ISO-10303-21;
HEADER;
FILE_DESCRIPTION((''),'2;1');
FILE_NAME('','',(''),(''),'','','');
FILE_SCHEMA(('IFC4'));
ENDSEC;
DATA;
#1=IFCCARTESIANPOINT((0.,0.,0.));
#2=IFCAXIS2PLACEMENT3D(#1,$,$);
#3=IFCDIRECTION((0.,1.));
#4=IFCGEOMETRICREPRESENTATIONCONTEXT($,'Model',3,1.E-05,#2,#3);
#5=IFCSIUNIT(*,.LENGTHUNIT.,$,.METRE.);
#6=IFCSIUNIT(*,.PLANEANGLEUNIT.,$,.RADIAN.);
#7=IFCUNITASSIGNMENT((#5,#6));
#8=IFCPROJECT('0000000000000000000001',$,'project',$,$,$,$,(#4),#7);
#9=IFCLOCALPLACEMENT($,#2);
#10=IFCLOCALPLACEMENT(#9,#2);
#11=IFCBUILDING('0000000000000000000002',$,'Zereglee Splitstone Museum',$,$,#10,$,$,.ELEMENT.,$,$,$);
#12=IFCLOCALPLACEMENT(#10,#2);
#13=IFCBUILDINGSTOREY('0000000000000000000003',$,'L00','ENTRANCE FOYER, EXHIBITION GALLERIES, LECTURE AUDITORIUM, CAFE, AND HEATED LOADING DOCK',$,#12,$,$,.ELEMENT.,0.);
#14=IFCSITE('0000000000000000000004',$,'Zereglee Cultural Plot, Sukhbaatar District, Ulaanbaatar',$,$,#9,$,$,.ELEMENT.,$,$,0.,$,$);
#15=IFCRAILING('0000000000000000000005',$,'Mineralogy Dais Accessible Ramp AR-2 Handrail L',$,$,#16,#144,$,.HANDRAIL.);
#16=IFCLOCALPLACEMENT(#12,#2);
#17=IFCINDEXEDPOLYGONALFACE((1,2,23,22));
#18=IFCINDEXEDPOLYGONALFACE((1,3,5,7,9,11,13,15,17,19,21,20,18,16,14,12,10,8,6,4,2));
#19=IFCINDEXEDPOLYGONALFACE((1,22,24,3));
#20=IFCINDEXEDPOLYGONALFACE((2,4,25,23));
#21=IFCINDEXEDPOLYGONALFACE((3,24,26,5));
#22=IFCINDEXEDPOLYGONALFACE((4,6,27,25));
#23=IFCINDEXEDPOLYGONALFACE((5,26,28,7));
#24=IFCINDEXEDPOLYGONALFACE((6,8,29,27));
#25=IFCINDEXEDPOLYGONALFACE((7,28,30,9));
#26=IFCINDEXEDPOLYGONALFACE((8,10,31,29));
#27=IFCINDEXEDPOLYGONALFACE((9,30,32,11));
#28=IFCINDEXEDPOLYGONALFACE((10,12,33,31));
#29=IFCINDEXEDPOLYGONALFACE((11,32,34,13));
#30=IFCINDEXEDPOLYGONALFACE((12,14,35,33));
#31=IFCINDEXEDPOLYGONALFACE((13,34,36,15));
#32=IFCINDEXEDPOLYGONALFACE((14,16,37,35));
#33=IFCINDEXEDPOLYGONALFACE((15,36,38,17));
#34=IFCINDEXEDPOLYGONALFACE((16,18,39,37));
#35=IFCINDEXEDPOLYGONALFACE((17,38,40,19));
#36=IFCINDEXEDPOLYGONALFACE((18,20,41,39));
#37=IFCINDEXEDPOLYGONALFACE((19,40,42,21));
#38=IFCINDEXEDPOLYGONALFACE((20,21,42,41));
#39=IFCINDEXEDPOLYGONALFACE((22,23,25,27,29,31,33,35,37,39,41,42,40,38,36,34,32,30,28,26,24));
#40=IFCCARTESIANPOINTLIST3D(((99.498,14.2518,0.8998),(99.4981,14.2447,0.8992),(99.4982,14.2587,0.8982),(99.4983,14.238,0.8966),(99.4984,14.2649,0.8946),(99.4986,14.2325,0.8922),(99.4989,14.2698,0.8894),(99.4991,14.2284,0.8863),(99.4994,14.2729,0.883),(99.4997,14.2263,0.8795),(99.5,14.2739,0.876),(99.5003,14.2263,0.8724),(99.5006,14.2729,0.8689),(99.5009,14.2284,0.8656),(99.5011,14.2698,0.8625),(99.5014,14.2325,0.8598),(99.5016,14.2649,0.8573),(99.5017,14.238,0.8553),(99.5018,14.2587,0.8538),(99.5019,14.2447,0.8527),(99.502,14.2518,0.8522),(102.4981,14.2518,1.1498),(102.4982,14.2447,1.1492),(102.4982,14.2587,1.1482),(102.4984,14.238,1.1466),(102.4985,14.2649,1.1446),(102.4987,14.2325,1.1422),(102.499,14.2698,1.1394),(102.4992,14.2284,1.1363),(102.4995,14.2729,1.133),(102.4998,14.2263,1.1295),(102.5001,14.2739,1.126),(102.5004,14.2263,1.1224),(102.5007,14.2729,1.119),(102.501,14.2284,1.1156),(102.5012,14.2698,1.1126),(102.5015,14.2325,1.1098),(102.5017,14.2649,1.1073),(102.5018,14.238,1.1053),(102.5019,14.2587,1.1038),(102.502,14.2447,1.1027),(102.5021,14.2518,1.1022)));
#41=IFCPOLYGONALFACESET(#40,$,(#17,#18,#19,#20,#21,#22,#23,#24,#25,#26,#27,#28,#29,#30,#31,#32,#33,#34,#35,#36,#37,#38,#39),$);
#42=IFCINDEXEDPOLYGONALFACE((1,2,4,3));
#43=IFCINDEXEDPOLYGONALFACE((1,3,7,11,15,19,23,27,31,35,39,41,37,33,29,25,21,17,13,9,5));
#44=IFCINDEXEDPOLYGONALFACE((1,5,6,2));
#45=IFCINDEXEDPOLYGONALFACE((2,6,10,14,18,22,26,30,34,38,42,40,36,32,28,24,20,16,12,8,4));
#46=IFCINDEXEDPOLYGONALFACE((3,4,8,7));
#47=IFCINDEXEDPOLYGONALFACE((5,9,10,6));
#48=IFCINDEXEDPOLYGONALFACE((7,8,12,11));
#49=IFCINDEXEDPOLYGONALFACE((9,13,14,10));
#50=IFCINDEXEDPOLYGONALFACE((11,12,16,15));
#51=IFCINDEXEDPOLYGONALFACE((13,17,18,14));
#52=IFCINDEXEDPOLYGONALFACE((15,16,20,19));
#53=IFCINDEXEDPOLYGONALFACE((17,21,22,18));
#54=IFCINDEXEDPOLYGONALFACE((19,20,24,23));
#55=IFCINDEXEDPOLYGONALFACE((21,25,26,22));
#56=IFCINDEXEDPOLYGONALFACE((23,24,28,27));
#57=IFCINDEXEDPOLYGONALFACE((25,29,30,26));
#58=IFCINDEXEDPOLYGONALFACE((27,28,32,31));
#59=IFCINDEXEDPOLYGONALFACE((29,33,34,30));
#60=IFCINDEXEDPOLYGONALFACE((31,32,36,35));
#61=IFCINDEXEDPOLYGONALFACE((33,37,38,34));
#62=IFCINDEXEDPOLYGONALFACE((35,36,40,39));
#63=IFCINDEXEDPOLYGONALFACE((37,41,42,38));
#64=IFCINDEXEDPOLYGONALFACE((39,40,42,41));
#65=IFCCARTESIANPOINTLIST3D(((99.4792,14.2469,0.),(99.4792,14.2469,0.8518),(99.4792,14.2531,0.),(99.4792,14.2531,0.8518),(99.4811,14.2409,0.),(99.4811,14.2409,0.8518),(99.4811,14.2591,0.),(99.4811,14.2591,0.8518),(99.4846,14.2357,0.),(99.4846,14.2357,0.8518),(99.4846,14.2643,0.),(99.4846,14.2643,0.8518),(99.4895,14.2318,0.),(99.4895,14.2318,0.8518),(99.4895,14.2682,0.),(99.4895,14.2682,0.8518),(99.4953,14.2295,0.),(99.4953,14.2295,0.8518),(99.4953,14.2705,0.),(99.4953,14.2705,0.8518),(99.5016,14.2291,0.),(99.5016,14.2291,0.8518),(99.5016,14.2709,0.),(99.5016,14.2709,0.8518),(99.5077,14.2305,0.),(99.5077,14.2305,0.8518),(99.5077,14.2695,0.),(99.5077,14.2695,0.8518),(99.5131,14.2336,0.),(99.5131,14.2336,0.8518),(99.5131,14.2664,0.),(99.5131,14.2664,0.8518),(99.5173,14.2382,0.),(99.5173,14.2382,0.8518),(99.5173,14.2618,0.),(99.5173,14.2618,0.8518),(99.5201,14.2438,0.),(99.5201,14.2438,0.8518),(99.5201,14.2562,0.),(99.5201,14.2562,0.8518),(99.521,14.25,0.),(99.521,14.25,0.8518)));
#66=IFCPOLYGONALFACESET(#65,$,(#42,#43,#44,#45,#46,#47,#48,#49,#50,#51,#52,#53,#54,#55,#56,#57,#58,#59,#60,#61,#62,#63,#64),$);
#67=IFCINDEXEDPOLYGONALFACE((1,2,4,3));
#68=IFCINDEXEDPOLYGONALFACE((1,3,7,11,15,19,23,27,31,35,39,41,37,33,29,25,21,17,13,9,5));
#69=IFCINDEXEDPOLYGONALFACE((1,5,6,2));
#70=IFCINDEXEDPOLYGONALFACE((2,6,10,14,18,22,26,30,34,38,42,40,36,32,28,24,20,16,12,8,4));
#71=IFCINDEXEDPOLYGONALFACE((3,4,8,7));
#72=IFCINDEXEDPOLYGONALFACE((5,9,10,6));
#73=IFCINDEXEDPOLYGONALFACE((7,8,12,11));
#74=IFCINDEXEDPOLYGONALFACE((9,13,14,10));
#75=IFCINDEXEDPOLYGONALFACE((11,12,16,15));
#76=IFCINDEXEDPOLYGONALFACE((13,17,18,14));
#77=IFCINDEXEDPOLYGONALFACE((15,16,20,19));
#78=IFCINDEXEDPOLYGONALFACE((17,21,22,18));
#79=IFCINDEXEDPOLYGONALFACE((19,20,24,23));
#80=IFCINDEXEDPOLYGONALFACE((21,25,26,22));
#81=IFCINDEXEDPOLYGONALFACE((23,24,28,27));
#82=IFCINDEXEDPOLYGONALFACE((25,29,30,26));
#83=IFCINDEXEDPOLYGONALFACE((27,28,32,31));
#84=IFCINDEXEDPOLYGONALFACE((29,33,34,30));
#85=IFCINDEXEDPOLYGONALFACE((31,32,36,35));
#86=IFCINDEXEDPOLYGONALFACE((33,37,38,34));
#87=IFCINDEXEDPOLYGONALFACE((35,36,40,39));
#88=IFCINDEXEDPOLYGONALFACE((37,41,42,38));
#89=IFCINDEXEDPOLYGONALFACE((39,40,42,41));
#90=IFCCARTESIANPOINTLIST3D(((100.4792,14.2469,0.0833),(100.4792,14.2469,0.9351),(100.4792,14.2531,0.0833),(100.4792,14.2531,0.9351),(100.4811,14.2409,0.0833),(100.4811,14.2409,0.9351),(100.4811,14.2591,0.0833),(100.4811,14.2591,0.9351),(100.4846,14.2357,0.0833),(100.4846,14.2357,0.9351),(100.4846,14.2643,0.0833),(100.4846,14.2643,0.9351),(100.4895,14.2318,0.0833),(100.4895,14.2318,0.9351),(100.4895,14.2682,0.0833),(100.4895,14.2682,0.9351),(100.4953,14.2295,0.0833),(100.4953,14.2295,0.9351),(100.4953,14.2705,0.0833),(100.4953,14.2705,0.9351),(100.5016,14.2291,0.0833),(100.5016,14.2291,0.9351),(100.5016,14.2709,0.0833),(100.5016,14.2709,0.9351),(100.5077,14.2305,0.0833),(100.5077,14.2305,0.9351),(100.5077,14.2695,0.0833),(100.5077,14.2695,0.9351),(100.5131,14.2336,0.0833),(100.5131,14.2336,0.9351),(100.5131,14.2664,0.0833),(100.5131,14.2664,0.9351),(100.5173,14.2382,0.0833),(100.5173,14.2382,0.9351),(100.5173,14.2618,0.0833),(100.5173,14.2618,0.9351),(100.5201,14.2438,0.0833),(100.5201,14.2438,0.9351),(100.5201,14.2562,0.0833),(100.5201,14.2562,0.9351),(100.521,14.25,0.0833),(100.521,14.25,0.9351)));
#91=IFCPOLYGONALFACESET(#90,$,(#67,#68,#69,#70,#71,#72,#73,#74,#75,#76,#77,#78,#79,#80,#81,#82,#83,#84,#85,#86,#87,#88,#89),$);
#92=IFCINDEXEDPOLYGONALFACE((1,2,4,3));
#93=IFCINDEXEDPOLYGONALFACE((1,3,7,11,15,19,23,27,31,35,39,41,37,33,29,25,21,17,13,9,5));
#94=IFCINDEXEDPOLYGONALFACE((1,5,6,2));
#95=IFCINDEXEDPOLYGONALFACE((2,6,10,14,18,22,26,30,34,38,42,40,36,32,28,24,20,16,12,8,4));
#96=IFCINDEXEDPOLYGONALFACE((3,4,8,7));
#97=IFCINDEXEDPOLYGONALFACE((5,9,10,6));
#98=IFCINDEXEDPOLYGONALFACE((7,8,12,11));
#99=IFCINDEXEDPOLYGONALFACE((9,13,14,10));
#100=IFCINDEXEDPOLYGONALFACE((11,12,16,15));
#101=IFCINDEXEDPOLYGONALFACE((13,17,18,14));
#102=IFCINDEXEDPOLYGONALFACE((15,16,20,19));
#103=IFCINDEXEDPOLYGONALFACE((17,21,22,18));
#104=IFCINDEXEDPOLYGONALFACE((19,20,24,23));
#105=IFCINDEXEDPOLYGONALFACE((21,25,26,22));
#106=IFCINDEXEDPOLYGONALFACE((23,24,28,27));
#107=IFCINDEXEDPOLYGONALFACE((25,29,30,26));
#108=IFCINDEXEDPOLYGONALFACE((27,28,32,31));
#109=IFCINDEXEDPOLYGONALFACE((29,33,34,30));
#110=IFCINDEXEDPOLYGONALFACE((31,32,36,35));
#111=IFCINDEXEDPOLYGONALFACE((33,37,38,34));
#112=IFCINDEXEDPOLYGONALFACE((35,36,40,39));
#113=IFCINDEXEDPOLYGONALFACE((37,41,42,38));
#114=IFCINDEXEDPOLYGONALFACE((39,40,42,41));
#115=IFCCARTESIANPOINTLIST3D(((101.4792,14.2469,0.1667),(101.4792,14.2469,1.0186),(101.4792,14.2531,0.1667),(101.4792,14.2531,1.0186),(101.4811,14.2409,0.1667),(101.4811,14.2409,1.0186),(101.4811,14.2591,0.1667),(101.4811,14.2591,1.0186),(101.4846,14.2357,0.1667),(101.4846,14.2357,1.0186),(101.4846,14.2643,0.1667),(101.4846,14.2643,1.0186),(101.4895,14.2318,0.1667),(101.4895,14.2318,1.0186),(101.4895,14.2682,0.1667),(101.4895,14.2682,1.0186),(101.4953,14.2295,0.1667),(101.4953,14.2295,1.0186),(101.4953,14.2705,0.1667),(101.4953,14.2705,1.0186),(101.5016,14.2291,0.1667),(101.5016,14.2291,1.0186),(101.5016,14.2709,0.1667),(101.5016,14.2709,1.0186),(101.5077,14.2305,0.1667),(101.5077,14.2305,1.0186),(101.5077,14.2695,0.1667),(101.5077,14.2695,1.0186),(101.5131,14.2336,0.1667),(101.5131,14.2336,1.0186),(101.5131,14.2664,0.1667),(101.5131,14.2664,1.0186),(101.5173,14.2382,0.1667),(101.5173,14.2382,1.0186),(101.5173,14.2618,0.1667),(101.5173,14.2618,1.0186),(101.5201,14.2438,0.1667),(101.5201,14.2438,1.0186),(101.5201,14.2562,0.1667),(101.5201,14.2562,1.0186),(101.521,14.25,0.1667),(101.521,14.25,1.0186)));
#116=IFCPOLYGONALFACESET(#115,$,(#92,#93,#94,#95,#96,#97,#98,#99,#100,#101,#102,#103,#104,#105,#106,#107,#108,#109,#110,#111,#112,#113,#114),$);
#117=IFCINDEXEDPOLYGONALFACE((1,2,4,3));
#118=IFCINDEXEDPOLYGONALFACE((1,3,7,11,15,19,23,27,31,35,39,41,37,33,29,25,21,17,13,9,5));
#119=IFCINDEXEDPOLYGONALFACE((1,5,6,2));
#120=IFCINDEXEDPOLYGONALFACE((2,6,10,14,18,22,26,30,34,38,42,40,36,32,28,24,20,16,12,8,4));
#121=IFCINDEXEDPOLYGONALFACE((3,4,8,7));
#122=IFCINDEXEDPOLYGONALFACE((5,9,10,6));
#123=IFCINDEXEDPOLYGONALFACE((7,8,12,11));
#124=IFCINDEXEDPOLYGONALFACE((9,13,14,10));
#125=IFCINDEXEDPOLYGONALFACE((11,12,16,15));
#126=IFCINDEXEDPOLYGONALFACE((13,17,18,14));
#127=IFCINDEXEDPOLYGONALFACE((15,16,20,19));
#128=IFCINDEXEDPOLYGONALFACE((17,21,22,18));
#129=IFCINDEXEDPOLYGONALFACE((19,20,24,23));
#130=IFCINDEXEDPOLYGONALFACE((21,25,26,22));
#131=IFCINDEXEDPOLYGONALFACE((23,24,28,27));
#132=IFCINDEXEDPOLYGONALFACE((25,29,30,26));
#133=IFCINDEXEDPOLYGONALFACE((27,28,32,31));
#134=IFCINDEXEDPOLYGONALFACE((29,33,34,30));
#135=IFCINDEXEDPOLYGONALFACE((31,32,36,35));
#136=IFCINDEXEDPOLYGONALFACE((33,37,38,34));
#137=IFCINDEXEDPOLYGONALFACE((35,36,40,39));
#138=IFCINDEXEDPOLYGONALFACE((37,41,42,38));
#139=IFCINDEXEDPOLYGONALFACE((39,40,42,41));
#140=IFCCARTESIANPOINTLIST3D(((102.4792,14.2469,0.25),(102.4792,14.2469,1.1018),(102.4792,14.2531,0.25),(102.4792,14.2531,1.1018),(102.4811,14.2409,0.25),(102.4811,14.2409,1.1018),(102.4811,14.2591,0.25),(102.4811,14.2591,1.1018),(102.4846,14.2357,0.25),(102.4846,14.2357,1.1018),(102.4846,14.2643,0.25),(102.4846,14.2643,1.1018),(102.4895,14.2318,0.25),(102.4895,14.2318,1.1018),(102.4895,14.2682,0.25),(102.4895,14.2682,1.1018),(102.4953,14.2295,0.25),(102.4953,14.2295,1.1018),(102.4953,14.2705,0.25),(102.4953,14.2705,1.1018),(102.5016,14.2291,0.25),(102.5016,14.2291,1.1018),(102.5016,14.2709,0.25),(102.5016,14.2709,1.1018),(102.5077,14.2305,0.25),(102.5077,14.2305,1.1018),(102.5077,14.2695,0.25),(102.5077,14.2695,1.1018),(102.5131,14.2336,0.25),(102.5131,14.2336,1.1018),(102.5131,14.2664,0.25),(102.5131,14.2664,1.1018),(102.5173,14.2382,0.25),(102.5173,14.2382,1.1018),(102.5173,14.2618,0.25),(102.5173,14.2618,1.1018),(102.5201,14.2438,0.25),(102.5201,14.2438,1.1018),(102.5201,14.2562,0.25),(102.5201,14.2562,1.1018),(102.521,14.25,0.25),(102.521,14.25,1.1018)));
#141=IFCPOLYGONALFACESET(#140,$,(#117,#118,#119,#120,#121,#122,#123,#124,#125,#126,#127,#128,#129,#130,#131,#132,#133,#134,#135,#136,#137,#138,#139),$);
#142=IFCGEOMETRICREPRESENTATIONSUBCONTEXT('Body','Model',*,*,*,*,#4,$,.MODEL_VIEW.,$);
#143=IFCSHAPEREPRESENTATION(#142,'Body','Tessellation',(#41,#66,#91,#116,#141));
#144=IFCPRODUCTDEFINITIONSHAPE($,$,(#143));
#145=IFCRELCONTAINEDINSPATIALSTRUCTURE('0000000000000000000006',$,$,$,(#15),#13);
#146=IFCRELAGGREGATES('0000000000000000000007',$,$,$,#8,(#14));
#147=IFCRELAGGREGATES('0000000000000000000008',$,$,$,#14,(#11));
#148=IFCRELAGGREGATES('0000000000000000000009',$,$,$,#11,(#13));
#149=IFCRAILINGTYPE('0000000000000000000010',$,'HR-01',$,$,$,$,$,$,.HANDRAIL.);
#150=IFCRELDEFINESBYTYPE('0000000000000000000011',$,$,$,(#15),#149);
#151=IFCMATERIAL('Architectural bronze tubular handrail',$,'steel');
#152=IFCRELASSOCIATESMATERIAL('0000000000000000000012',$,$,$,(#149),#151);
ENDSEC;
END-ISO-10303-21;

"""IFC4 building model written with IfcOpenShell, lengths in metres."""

from ifc_helpers import new_model, si_unit, direction, frame, origin, origin_2d, place, context, subcontext, project, spatial, circle, extrude, material, type_object, element, save


model = new_model("IFC4")

# Units and contexts
model_context = context("Model", 3, precision=1e-05, world=origin(), true_north=direction((0.0, 1.0)))
body_context = subcontext(model_context, "Body", "Model", "MODEL_VIEW")
ifc_project = project(units=[si_unit("LENGTHUNIT", "METRE"), si_unit("PLANEANGLEUNIT", "RADIAN")], contexts=[model_context])

# Site, building, storey
site_placement = place(None, origin())
site = spatial("IfcSite", under=ifc_project, at=site_placement, Name="Zereglee Cultural Plot, Sukhbaatar District, Ulaanbaatar", CompositionType="ELEMENT", RefElevation=0.0)
building_placement = place(site_placement, origin())
building = spatial("IfcBuilding", under=site, at=building_placement, Name="Zereglee Splitstone Museum", CompositionType="ELEMENT")
storey_placement = place(building_placement, origin())
storey = spatial("IfcBuildingStorey", under=building, at=storey_placement, Name="L00", Description="ENTRANCE FOYER, EXHIBITION GALLERIES, LECTURE AUDITORIUM, CAFE, AND HEATED LOADING DOCK", CompositionType="ELEMENT", Elevation=0.0)

# Railing
ifc_material_1 = material(Name="Architectural bronze tubular handrail", Category="steel")
railing_type = type_object("IfcRailingType", Name="HR-01", PredefinedType="HANDRAIL", material=ifc_material_1)
for number, where, name in (
    (1, (99.5, 14.25, 0.0), "Mineralogy Dais Accessible Ramp AR-2 Handrail L"),
):
    element("IfcRailing", number, at=place(storey_placement, frame(where)), inside=storey, type_object=railing_type, Name=name, PredefinedType="HANDRAIL", context=body_context, shape_type="SweptSolid", body=[
        extrude(circle(Radius=0.0239, at=origin_2d()), frame((0.0, 0.0, 0.876), z_axis=(0.996546, 0.0, 0.083045), x_axis=(0.0, 1.0, 0.0)), (0.0, 0.0, 1.0), 3.0105),
        extrude(circle(Radius=0.021, at=origin_2d()), origin(), (0.0, 0.0, 1.0), 0.8518),
        extrude(circle(Radius=0.021, at=origin_2d()), frame((1.0, 0.0, 0.0833)), (0.0, 0.0, 1.0), 0.8518),
        extrude(circle(Radius=0.021, at=origin_2d()), frame((2.0, 0.0, 0.1667)), (0.0, 0.0, 1.0), 0.8518),
        extrude(circle(Radius=0.021, at=origin_2d()), frame((3.0, 0.0, 0.25)), (0.0, 0.0, 1.0), 0.8518),
    ])

save(model, "model.ifc")
